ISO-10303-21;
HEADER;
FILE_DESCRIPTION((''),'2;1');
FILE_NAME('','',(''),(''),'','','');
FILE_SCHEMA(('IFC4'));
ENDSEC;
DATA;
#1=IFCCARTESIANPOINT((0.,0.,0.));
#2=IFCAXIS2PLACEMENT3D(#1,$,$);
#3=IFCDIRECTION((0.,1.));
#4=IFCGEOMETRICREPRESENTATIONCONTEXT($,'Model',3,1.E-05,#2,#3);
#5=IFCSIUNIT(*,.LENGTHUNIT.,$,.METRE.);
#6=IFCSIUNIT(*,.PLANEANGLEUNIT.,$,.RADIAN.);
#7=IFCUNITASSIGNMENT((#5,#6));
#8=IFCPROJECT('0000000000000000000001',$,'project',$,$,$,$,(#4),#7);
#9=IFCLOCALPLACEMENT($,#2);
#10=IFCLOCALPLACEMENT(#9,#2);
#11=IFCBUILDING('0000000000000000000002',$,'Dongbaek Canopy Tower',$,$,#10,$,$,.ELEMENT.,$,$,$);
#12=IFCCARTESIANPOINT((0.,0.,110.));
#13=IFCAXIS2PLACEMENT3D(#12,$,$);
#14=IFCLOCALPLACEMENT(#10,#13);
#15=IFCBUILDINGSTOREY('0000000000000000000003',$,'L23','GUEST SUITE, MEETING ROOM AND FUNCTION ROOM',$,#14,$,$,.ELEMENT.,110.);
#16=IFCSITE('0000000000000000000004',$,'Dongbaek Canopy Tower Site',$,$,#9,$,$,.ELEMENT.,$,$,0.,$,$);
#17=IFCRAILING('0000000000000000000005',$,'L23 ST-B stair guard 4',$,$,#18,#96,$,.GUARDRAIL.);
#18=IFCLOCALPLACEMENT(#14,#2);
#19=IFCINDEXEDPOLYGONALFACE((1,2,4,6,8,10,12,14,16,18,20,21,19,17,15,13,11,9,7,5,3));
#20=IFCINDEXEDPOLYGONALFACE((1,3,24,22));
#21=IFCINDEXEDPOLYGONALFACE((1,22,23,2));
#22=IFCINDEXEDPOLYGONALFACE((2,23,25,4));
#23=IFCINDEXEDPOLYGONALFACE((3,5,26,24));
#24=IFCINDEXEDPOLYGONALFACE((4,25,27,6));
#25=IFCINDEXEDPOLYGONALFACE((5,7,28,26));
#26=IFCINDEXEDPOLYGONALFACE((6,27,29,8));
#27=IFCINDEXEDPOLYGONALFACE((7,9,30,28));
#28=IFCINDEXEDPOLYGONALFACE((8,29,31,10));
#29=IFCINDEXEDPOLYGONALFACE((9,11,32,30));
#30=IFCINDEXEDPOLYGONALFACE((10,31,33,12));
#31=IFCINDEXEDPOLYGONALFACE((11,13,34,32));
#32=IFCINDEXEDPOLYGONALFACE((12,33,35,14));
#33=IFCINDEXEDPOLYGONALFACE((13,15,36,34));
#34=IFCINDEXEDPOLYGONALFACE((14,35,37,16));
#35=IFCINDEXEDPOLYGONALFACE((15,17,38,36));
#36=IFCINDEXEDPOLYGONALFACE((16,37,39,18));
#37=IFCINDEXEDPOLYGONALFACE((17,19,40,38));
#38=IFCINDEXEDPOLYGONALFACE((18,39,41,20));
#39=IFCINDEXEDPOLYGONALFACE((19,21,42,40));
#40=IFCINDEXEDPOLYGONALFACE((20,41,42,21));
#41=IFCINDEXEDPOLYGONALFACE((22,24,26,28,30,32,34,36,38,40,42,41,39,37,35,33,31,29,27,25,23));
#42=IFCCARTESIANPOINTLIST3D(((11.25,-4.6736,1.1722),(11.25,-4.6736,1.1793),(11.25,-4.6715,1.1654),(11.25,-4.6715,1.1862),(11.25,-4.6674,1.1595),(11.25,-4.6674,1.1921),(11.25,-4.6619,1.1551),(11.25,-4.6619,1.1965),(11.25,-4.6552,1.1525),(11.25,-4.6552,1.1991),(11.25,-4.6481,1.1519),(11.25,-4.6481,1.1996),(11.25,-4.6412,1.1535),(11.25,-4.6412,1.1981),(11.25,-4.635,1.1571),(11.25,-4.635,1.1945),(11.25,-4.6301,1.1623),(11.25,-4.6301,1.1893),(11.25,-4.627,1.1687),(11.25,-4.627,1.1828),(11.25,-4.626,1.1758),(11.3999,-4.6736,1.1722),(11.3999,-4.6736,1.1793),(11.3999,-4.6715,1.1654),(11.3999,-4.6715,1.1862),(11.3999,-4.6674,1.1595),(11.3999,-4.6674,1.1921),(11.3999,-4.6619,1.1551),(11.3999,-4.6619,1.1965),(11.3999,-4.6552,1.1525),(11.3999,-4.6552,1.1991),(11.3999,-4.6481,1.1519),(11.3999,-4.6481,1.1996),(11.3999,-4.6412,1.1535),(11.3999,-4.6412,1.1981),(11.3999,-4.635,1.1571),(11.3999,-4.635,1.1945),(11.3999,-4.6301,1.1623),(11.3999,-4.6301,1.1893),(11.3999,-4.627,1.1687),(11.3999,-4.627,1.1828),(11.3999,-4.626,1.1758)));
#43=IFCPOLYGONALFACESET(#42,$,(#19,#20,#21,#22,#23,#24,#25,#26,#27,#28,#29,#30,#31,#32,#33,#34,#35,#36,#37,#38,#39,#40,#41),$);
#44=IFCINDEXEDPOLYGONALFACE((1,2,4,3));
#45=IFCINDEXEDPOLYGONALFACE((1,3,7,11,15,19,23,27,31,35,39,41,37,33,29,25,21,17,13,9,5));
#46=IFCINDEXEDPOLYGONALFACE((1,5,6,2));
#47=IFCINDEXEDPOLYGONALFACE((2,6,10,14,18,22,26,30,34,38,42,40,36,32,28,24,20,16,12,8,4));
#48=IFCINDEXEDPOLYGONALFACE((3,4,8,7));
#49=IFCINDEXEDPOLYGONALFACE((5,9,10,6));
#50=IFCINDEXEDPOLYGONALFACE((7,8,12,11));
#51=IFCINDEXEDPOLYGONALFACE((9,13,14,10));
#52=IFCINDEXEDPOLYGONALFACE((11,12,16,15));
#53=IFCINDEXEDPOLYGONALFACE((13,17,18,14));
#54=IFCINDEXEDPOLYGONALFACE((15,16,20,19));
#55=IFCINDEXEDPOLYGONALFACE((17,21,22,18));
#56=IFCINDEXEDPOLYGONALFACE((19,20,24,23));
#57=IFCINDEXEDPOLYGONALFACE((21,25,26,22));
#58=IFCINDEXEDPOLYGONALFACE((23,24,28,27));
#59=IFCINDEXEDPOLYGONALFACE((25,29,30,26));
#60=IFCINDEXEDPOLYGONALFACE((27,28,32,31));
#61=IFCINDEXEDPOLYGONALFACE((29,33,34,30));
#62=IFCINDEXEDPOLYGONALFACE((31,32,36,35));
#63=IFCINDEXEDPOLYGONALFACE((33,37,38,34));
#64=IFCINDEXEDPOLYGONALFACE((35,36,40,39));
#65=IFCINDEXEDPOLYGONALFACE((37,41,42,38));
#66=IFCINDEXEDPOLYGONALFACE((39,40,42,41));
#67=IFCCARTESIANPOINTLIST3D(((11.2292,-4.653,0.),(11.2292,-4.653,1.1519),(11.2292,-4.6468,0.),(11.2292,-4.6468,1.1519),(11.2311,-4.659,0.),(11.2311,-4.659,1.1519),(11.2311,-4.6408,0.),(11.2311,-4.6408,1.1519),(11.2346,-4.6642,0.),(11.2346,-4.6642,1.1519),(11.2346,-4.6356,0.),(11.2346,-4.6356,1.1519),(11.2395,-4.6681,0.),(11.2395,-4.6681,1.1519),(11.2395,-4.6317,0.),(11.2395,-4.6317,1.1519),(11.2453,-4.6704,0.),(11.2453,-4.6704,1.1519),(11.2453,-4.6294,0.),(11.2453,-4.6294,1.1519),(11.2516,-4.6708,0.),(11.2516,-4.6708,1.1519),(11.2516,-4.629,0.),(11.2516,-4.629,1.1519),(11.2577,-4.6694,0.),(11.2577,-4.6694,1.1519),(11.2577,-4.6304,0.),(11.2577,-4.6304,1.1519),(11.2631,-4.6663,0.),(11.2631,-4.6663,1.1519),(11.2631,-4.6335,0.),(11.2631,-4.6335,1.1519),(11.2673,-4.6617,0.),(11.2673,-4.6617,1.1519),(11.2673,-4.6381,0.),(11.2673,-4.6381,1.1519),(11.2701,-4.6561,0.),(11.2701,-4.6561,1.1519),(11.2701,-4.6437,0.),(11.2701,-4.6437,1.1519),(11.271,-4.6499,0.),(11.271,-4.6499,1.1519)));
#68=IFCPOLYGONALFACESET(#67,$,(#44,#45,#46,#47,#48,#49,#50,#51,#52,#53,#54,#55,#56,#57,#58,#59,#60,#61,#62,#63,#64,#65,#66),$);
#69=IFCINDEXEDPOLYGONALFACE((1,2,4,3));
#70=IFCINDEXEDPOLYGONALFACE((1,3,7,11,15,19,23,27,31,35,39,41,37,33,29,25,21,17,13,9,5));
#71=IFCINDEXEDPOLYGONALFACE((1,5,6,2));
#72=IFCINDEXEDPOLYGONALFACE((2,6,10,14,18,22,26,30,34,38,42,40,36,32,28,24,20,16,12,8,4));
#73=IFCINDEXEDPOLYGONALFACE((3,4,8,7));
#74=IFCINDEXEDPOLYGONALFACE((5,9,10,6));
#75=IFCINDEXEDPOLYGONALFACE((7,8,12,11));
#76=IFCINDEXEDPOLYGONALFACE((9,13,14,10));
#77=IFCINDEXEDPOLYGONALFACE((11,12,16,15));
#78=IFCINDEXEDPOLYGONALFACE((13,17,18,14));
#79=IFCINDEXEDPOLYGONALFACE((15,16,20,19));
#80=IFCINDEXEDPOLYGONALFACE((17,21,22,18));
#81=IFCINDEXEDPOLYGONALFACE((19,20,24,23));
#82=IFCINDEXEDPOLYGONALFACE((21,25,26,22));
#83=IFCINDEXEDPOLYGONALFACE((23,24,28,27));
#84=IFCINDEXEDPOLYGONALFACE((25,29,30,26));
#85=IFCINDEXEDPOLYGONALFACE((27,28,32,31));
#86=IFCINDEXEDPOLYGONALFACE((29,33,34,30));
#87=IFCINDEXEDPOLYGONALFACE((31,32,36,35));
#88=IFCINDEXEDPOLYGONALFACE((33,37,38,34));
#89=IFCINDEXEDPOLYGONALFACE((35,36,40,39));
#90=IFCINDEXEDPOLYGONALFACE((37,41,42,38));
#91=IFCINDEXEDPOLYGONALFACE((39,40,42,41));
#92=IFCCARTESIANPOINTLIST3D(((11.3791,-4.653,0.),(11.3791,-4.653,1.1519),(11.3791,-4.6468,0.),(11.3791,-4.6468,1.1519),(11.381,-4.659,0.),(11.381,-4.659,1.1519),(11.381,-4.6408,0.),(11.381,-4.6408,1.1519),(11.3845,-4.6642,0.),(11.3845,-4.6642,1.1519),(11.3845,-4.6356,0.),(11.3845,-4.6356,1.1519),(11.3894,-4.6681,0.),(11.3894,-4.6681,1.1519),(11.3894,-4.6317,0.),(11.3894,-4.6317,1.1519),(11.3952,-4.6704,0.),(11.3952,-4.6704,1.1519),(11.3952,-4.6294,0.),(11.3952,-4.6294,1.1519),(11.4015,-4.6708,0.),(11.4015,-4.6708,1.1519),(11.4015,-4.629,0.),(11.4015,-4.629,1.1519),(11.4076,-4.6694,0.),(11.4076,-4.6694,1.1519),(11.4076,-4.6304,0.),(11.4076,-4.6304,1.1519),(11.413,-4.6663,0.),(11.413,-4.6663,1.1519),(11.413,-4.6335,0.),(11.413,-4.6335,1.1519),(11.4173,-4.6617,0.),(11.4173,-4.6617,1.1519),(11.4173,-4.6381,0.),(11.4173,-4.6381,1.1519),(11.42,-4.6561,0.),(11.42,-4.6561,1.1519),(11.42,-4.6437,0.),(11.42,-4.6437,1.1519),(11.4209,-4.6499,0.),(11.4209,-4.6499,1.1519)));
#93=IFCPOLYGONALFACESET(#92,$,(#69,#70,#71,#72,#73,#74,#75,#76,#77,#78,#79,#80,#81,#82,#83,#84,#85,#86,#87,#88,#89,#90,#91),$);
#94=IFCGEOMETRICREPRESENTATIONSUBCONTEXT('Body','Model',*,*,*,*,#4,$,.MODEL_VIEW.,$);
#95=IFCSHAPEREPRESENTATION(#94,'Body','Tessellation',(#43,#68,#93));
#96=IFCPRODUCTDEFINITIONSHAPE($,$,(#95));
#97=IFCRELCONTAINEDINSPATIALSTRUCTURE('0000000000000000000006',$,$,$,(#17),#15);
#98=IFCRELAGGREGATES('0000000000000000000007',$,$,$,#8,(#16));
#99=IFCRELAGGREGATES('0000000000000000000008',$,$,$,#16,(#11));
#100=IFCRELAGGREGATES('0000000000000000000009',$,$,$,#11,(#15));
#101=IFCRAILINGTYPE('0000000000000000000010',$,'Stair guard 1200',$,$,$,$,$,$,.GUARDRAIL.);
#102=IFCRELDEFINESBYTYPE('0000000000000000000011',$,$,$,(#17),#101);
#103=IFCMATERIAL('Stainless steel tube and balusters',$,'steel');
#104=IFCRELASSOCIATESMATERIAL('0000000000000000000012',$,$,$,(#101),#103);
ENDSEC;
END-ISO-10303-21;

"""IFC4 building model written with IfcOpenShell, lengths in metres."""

from ifc_helpers import new_model, si_unit, direction, frame, origin, origin_2d, place, context, subcontext, project, spatial, circle, extrude, material, type_object, element, save


model = new_model("IFC4")

# Units and contexts
model_context = context("Model", 3, precision=1e-05, world=origin(), true_north=direction((0.0, 1.0)))
body_context = subcontext(model_context, "Body", "Model", "MODEL_VIEW")
ifc_project = project(units=[si_unit("LENGTHUNIT", "METRE"), si_unit("PLANEANGLEUNIT", "RADIAN")], contexts=[model_context])

# Site, building, storey
site_placement = place(None, origin())
site = spatial("IfcSite", under=ifc_project, at=site_placement, Name="Dongbaek Canopy Tower Site", CompositionType="ELEMENT", RefElevation=0.0)
building_placement = place(site_placement, origin())
building = spatial("IfcBuilding", under=site, at=building_placement, Name="Dongbaek Canopy Tower", CompositionType="ELEMENT")
storey_placement = place(building_placement, frame((0.0, 0.0, 110.0)))
storey = spatial("IfcBuildingStorey", under=building, at=storey_placement, Name="L23", Description="GUEST SUITE, MEETING ROOM AND FUNCTION ROOM", CompositionType="ELEMENT", Elevation=110.0)

# Railing
ifc_material_1 = material(Name="Stainless steel tube and balusters", Category="steel")
railing_type_1 = type_object("IfcRailingType", Name="Stair guard 1200", PredefinedType="GUARDRAIL", material=ifc_material_1)
railing_1_placement = place(storey_placement, frame((11.25, -4.6499, 0.0)))
element("IfcRailing", 1, at=railing_1_placement, inside=storey, type_object=railing_type_1, Name="L23 ST-B stair guard 4", PredefinedType="GUARDRAIL", context=body_context, shape_type="SweptSolid", body=[
    extrude(circle(Radius=0.0239, at=origin_2d()), frame((0.0, 0.0, 1.1758), z_axis=(1.0, 0.0, 0.0), x_axis=(0.0, 1.0, 0.0)), (0.0, 0.0, 1.0), 0.1499),
    extrude(circle(Radius=0.021, at=origin_2d()), origin(), (0.0, 0.0, 1.0), 1.1519),
    extrude(circle(Radius=0.021, at=origin_2d()), frame((0.1499, 0.0, 0.0)), (0.0, 0.0, 1.0), 1.1519),
])

save(model, "model.ifc")
